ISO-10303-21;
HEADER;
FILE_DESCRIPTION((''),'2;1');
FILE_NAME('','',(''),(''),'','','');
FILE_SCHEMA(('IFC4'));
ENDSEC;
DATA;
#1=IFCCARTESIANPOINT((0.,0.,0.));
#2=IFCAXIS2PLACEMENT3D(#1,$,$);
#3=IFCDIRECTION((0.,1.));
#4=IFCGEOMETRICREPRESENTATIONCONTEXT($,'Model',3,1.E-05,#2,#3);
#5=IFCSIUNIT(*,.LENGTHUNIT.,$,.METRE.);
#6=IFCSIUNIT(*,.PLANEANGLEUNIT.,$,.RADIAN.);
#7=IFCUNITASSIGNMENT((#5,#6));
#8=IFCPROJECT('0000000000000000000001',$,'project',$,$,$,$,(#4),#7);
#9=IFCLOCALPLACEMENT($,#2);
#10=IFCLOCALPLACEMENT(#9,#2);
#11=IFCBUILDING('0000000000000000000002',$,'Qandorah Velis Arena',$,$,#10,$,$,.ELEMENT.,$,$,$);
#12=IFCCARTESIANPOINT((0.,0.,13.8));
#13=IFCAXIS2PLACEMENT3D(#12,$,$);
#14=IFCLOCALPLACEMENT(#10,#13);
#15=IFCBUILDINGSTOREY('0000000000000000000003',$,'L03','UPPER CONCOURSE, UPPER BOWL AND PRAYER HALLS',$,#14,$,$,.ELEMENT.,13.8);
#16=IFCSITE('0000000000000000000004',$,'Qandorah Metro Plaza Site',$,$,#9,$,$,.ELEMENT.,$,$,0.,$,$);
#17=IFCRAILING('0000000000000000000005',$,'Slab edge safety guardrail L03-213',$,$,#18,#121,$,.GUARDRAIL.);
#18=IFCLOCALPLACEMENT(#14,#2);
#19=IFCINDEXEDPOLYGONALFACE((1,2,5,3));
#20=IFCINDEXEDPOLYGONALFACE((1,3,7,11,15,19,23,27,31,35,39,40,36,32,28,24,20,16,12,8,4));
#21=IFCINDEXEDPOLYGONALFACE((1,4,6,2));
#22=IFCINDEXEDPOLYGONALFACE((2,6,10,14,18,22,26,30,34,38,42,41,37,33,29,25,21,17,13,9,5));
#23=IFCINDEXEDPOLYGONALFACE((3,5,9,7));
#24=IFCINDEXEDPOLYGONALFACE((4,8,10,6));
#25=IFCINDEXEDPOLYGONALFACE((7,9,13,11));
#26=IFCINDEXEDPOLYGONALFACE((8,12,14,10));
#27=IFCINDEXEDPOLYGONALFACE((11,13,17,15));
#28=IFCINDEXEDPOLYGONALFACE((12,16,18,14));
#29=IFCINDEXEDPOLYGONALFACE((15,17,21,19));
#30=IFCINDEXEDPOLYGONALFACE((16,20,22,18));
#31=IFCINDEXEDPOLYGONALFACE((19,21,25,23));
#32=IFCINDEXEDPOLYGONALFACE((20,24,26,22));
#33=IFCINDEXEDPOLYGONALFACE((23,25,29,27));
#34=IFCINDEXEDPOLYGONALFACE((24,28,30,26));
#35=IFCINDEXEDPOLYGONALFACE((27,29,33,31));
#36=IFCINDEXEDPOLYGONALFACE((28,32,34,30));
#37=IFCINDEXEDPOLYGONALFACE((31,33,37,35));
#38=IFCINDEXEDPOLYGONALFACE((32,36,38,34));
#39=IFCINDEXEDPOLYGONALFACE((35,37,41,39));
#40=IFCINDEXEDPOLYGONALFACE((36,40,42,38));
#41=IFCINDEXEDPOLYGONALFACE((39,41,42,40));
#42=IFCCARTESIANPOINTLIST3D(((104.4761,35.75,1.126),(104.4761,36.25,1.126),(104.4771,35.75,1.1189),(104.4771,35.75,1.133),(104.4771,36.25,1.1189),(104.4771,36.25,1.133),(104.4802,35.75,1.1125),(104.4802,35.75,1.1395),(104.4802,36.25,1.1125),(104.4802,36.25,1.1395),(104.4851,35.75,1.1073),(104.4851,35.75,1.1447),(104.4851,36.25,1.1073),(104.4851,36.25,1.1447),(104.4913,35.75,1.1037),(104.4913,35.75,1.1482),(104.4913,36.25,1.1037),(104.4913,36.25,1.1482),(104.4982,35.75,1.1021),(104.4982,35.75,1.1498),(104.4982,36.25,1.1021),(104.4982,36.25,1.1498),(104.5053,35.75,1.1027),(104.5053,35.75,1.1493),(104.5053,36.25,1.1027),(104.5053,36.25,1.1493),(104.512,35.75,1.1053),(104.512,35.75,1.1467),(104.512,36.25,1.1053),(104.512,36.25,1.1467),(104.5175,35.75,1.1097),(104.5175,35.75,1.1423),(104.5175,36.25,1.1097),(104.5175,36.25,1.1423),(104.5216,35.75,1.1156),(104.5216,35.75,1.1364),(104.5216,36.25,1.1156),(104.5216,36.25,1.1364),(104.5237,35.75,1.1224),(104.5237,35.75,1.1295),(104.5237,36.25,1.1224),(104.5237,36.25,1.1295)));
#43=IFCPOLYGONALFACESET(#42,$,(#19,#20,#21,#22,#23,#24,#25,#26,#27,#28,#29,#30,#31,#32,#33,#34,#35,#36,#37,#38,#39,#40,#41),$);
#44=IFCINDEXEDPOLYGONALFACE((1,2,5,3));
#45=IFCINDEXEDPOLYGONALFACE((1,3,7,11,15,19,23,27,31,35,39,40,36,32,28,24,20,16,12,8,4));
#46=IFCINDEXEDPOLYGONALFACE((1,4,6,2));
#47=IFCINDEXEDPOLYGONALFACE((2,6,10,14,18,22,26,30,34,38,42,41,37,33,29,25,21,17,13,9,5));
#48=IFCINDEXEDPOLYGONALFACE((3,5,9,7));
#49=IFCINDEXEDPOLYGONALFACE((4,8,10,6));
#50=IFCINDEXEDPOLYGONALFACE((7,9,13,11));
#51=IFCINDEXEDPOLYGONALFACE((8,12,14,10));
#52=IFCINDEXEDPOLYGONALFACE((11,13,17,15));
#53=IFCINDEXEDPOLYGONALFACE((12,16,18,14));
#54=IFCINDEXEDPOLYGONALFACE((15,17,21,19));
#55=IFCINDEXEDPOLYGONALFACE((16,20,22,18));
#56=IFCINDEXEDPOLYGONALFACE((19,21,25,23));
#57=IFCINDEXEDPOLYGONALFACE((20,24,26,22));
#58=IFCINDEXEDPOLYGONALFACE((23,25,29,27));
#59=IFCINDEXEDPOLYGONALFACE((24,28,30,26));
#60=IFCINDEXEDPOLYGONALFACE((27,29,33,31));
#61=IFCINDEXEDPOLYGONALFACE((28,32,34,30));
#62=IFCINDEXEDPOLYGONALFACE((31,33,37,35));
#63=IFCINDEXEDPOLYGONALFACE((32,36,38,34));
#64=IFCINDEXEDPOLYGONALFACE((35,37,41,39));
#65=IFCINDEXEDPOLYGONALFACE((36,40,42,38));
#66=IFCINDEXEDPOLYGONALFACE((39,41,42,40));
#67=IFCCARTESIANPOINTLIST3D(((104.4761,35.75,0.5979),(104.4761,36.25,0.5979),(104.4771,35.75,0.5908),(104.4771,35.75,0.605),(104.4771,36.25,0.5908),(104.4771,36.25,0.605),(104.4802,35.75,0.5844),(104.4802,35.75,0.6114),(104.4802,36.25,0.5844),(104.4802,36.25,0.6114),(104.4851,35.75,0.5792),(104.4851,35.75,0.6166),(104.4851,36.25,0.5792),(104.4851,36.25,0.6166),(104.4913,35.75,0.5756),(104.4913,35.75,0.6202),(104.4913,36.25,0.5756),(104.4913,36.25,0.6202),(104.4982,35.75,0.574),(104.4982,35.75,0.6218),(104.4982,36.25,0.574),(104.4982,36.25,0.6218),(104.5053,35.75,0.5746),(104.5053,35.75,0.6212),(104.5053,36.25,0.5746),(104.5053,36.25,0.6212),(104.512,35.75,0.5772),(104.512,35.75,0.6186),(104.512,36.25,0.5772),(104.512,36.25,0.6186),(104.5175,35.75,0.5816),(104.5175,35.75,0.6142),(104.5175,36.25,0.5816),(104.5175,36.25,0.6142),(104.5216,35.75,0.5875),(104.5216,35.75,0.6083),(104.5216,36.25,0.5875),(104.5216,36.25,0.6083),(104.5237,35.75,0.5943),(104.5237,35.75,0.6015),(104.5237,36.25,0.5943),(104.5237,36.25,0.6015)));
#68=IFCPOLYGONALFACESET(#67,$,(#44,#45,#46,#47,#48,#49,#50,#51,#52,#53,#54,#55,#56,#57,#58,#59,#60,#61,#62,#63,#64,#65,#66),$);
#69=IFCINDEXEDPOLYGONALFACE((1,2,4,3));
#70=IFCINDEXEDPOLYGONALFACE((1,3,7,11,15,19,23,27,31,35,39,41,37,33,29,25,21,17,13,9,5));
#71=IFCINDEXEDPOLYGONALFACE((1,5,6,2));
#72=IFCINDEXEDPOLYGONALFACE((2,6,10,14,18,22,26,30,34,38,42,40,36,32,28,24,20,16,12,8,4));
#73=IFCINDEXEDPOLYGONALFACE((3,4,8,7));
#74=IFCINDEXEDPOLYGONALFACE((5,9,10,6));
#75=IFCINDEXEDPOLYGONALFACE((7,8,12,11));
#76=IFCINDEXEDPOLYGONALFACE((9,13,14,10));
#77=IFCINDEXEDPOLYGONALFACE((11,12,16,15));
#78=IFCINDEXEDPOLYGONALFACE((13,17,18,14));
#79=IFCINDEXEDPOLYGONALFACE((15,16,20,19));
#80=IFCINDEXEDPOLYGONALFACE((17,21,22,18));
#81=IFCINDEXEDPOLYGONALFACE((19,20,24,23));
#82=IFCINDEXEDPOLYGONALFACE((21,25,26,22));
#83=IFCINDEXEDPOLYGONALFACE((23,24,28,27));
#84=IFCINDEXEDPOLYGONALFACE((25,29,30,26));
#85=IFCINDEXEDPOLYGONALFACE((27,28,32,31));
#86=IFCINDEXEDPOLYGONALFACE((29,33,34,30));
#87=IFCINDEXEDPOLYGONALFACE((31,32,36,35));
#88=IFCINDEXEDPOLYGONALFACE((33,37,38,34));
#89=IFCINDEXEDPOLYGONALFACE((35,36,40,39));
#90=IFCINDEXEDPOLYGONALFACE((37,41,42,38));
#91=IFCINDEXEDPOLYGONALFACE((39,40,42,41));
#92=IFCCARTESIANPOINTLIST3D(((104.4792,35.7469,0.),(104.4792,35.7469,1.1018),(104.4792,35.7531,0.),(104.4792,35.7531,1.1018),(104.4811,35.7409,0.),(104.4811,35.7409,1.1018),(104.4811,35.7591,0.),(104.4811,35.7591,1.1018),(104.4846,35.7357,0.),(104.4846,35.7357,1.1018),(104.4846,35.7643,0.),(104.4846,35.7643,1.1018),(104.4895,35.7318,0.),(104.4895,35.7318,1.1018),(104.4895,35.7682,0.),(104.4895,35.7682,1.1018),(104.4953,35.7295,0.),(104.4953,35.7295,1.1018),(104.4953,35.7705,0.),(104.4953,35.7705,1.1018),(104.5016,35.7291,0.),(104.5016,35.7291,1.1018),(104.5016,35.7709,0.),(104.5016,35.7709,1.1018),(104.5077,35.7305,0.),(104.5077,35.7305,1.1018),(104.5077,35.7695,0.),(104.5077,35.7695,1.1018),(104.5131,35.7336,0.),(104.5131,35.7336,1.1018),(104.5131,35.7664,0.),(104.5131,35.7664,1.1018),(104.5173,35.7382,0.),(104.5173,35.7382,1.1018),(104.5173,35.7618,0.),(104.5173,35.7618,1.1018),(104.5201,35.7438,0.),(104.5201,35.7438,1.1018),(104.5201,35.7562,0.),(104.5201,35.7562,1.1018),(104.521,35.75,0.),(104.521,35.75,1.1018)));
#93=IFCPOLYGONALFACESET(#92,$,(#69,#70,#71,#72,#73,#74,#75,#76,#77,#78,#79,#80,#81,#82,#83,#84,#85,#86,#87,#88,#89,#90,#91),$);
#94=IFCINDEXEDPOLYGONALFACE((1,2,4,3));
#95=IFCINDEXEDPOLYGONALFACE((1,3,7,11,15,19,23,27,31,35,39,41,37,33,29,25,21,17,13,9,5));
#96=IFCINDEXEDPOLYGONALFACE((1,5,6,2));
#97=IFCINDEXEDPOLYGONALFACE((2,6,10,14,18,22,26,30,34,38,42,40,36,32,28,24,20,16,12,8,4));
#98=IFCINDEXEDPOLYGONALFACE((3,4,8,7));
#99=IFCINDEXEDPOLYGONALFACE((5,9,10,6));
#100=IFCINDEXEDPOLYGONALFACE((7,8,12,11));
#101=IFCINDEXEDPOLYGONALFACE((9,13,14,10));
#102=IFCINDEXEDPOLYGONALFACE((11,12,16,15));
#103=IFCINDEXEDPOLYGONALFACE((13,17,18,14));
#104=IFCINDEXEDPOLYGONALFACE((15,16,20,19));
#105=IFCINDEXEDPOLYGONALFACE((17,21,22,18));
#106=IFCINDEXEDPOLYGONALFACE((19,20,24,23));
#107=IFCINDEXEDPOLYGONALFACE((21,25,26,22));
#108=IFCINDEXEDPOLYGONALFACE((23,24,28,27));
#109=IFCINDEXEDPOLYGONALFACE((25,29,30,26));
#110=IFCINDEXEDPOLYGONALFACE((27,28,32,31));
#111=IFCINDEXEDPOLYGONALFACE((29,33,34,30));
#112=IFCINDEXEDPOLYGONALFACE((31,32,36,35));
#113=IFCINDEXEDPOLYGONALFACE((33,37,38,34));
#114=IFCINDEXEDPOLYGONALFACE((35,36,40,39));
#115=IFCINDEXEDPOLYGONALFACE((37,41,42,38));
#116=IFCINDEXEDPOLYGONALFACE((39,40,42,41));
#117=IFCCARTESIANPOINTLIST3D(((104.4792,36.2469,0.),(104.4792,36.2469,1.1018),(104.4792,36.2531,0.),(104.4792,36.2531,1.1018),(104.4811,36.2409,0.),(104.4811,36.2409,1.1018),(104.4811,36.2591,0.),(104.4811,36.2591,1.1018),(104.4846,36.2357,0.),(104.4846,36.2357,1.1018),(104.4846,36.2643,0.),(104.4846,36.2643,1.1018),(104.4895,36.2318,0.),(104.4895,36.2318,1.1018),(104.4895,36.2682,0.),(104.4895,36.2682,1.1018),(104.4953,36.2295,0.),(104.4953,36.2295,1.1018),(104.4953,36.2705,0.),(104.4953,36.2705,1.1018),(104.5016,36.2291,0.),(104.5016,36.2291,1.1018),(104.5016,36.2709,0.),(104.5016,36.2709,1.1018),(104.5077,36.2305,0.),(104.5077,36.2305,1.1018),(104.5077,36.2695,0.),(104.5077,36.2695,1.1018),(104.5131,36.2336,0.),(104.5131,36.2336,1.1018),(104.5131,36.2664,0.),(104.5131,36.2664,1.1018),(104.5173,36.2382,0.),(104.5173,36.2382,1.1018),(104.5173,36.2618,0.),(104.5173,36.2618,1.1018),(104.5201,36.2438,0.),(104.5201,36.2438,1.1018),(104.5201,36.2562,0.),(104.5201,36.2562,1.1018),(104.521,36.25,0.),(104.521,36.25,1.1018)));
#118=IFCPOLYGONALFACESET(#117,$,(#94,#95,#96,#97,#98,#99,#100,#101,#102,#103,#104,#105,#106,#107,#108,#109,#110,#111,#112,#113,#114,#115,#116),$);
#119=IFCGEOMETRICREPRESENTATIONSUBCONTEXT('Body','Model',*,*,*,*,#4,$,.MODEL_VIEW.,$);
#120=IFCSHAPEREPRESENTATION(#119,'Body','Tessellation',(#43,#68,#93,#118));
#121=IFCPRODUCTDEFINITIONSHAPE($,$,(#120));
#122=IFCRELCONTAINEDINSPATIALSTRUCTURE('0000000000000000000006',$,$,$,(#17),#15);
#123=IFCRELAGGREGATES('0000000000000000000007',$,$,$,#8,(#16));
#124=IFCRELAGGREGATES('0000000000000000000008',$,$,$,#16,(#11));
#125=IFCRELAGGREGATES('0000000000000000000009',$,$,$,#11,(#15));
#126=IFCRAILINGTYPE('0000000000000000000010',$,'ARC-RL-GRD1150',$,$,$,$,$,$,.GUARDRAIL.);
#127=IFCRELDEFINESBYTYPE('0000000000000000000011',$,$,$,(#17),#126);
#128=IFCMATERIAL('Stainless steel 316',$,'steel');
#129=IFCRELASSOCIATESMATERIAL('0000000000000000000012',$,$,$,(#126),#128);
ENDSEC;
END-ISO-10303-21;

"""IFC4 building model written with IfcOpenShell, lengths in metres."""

from ifc_helpers import new_model, si_unit, direction, frame, origin, origin_2d, place, context, subcontext, project, spatial, circle, extrude, material, type_object, element, save


model = new_model("IFC4")

# Units and contexts
model_context = context("Model", 3, precision=1e-05, world=origin(), true_north=direction((0.0, 1.0)))
body_context = subcontext(model_context, "Body", "Model", "MODEL_VIEW")
ifc_project = project(units=[si_unit("LENGTHUNIT", "METRE"), si_unit("PLANEANGLEUNIT", "RADIAN")], contexts=[model_context])

# Site, building, storey
site_placement = place(None, origin())
site = spatial("IfcSite", under=ifc_project, at=site_placement, Name="Qandorah Metro Plaza Site", CompositionType="ELEMENT", RefElevation=0.0)
building_placement = place(site_placement, origin())
building = spatial("IfcBuilding", under=site, at=building_placement, Name="Qandorah Velis Arena", CompositionType="ELEMENT")
storey_placement = place(building_placement, frame((0.0, 0.0, 13.8)))
storey = spatial("IfcBuildingStorey", under=building, at=storey_placement, Name="L03", Description="UPPER CONCOURSE, UPPER BOWL AND PRAYER HALLS", CompositionType="ELEMENT", Elevation=13.8)

# Railing
ifc_material_1 = material(Name="Stainless steel 316", Category="steel")
railing_type = type_object("IfcRailingType", Name="ARC-RL-GRD1150", PredefinedType="GUARDRAIL", material=ifc_material_1)
railing_1_placement = place(storey_placement, frame((104.5, 35.75, 0.0)))
element("IfcRailing", 1, at=railing_1_placement, inside=storey, type_object=railing_type, Name="Slab edge safety guardrail L03-213", PredefinedType="GUARDRAIL", context=body_context, shape_type="SweptSolid", body=[
    extrude(circle(Radius=0.0239, at=origin_2d()), frame((0.0, 0.0, 1.126), z_axis=(0.0, 1.0, 0.0), x_axis=(-1.0, 0.0, 0.0)), (0.0, 0.0, 1.0), 0.5),
    extrude(circle(Radius=0.0239, at=origin_2d()), frame((0.0, 0.0, 0.5979), z_axis=(0.0, 1.0, 0.0), x_axis=(-1.0, 0.0, 0.0)), (0.0, 0.0, 1.0), 0.5),
    extrude(circle(Radius=0.021, at=origin_2d()), origin(), (0.0, 0.0, 1.0), 1.1018),
    extrude(circle(Radius=0.021, at=origin_2d()), frame((0.0, 0.5, 0.0)), (0.0, 0.0, 1.0), 1.1018),
])

save(model, "model.ifc")
